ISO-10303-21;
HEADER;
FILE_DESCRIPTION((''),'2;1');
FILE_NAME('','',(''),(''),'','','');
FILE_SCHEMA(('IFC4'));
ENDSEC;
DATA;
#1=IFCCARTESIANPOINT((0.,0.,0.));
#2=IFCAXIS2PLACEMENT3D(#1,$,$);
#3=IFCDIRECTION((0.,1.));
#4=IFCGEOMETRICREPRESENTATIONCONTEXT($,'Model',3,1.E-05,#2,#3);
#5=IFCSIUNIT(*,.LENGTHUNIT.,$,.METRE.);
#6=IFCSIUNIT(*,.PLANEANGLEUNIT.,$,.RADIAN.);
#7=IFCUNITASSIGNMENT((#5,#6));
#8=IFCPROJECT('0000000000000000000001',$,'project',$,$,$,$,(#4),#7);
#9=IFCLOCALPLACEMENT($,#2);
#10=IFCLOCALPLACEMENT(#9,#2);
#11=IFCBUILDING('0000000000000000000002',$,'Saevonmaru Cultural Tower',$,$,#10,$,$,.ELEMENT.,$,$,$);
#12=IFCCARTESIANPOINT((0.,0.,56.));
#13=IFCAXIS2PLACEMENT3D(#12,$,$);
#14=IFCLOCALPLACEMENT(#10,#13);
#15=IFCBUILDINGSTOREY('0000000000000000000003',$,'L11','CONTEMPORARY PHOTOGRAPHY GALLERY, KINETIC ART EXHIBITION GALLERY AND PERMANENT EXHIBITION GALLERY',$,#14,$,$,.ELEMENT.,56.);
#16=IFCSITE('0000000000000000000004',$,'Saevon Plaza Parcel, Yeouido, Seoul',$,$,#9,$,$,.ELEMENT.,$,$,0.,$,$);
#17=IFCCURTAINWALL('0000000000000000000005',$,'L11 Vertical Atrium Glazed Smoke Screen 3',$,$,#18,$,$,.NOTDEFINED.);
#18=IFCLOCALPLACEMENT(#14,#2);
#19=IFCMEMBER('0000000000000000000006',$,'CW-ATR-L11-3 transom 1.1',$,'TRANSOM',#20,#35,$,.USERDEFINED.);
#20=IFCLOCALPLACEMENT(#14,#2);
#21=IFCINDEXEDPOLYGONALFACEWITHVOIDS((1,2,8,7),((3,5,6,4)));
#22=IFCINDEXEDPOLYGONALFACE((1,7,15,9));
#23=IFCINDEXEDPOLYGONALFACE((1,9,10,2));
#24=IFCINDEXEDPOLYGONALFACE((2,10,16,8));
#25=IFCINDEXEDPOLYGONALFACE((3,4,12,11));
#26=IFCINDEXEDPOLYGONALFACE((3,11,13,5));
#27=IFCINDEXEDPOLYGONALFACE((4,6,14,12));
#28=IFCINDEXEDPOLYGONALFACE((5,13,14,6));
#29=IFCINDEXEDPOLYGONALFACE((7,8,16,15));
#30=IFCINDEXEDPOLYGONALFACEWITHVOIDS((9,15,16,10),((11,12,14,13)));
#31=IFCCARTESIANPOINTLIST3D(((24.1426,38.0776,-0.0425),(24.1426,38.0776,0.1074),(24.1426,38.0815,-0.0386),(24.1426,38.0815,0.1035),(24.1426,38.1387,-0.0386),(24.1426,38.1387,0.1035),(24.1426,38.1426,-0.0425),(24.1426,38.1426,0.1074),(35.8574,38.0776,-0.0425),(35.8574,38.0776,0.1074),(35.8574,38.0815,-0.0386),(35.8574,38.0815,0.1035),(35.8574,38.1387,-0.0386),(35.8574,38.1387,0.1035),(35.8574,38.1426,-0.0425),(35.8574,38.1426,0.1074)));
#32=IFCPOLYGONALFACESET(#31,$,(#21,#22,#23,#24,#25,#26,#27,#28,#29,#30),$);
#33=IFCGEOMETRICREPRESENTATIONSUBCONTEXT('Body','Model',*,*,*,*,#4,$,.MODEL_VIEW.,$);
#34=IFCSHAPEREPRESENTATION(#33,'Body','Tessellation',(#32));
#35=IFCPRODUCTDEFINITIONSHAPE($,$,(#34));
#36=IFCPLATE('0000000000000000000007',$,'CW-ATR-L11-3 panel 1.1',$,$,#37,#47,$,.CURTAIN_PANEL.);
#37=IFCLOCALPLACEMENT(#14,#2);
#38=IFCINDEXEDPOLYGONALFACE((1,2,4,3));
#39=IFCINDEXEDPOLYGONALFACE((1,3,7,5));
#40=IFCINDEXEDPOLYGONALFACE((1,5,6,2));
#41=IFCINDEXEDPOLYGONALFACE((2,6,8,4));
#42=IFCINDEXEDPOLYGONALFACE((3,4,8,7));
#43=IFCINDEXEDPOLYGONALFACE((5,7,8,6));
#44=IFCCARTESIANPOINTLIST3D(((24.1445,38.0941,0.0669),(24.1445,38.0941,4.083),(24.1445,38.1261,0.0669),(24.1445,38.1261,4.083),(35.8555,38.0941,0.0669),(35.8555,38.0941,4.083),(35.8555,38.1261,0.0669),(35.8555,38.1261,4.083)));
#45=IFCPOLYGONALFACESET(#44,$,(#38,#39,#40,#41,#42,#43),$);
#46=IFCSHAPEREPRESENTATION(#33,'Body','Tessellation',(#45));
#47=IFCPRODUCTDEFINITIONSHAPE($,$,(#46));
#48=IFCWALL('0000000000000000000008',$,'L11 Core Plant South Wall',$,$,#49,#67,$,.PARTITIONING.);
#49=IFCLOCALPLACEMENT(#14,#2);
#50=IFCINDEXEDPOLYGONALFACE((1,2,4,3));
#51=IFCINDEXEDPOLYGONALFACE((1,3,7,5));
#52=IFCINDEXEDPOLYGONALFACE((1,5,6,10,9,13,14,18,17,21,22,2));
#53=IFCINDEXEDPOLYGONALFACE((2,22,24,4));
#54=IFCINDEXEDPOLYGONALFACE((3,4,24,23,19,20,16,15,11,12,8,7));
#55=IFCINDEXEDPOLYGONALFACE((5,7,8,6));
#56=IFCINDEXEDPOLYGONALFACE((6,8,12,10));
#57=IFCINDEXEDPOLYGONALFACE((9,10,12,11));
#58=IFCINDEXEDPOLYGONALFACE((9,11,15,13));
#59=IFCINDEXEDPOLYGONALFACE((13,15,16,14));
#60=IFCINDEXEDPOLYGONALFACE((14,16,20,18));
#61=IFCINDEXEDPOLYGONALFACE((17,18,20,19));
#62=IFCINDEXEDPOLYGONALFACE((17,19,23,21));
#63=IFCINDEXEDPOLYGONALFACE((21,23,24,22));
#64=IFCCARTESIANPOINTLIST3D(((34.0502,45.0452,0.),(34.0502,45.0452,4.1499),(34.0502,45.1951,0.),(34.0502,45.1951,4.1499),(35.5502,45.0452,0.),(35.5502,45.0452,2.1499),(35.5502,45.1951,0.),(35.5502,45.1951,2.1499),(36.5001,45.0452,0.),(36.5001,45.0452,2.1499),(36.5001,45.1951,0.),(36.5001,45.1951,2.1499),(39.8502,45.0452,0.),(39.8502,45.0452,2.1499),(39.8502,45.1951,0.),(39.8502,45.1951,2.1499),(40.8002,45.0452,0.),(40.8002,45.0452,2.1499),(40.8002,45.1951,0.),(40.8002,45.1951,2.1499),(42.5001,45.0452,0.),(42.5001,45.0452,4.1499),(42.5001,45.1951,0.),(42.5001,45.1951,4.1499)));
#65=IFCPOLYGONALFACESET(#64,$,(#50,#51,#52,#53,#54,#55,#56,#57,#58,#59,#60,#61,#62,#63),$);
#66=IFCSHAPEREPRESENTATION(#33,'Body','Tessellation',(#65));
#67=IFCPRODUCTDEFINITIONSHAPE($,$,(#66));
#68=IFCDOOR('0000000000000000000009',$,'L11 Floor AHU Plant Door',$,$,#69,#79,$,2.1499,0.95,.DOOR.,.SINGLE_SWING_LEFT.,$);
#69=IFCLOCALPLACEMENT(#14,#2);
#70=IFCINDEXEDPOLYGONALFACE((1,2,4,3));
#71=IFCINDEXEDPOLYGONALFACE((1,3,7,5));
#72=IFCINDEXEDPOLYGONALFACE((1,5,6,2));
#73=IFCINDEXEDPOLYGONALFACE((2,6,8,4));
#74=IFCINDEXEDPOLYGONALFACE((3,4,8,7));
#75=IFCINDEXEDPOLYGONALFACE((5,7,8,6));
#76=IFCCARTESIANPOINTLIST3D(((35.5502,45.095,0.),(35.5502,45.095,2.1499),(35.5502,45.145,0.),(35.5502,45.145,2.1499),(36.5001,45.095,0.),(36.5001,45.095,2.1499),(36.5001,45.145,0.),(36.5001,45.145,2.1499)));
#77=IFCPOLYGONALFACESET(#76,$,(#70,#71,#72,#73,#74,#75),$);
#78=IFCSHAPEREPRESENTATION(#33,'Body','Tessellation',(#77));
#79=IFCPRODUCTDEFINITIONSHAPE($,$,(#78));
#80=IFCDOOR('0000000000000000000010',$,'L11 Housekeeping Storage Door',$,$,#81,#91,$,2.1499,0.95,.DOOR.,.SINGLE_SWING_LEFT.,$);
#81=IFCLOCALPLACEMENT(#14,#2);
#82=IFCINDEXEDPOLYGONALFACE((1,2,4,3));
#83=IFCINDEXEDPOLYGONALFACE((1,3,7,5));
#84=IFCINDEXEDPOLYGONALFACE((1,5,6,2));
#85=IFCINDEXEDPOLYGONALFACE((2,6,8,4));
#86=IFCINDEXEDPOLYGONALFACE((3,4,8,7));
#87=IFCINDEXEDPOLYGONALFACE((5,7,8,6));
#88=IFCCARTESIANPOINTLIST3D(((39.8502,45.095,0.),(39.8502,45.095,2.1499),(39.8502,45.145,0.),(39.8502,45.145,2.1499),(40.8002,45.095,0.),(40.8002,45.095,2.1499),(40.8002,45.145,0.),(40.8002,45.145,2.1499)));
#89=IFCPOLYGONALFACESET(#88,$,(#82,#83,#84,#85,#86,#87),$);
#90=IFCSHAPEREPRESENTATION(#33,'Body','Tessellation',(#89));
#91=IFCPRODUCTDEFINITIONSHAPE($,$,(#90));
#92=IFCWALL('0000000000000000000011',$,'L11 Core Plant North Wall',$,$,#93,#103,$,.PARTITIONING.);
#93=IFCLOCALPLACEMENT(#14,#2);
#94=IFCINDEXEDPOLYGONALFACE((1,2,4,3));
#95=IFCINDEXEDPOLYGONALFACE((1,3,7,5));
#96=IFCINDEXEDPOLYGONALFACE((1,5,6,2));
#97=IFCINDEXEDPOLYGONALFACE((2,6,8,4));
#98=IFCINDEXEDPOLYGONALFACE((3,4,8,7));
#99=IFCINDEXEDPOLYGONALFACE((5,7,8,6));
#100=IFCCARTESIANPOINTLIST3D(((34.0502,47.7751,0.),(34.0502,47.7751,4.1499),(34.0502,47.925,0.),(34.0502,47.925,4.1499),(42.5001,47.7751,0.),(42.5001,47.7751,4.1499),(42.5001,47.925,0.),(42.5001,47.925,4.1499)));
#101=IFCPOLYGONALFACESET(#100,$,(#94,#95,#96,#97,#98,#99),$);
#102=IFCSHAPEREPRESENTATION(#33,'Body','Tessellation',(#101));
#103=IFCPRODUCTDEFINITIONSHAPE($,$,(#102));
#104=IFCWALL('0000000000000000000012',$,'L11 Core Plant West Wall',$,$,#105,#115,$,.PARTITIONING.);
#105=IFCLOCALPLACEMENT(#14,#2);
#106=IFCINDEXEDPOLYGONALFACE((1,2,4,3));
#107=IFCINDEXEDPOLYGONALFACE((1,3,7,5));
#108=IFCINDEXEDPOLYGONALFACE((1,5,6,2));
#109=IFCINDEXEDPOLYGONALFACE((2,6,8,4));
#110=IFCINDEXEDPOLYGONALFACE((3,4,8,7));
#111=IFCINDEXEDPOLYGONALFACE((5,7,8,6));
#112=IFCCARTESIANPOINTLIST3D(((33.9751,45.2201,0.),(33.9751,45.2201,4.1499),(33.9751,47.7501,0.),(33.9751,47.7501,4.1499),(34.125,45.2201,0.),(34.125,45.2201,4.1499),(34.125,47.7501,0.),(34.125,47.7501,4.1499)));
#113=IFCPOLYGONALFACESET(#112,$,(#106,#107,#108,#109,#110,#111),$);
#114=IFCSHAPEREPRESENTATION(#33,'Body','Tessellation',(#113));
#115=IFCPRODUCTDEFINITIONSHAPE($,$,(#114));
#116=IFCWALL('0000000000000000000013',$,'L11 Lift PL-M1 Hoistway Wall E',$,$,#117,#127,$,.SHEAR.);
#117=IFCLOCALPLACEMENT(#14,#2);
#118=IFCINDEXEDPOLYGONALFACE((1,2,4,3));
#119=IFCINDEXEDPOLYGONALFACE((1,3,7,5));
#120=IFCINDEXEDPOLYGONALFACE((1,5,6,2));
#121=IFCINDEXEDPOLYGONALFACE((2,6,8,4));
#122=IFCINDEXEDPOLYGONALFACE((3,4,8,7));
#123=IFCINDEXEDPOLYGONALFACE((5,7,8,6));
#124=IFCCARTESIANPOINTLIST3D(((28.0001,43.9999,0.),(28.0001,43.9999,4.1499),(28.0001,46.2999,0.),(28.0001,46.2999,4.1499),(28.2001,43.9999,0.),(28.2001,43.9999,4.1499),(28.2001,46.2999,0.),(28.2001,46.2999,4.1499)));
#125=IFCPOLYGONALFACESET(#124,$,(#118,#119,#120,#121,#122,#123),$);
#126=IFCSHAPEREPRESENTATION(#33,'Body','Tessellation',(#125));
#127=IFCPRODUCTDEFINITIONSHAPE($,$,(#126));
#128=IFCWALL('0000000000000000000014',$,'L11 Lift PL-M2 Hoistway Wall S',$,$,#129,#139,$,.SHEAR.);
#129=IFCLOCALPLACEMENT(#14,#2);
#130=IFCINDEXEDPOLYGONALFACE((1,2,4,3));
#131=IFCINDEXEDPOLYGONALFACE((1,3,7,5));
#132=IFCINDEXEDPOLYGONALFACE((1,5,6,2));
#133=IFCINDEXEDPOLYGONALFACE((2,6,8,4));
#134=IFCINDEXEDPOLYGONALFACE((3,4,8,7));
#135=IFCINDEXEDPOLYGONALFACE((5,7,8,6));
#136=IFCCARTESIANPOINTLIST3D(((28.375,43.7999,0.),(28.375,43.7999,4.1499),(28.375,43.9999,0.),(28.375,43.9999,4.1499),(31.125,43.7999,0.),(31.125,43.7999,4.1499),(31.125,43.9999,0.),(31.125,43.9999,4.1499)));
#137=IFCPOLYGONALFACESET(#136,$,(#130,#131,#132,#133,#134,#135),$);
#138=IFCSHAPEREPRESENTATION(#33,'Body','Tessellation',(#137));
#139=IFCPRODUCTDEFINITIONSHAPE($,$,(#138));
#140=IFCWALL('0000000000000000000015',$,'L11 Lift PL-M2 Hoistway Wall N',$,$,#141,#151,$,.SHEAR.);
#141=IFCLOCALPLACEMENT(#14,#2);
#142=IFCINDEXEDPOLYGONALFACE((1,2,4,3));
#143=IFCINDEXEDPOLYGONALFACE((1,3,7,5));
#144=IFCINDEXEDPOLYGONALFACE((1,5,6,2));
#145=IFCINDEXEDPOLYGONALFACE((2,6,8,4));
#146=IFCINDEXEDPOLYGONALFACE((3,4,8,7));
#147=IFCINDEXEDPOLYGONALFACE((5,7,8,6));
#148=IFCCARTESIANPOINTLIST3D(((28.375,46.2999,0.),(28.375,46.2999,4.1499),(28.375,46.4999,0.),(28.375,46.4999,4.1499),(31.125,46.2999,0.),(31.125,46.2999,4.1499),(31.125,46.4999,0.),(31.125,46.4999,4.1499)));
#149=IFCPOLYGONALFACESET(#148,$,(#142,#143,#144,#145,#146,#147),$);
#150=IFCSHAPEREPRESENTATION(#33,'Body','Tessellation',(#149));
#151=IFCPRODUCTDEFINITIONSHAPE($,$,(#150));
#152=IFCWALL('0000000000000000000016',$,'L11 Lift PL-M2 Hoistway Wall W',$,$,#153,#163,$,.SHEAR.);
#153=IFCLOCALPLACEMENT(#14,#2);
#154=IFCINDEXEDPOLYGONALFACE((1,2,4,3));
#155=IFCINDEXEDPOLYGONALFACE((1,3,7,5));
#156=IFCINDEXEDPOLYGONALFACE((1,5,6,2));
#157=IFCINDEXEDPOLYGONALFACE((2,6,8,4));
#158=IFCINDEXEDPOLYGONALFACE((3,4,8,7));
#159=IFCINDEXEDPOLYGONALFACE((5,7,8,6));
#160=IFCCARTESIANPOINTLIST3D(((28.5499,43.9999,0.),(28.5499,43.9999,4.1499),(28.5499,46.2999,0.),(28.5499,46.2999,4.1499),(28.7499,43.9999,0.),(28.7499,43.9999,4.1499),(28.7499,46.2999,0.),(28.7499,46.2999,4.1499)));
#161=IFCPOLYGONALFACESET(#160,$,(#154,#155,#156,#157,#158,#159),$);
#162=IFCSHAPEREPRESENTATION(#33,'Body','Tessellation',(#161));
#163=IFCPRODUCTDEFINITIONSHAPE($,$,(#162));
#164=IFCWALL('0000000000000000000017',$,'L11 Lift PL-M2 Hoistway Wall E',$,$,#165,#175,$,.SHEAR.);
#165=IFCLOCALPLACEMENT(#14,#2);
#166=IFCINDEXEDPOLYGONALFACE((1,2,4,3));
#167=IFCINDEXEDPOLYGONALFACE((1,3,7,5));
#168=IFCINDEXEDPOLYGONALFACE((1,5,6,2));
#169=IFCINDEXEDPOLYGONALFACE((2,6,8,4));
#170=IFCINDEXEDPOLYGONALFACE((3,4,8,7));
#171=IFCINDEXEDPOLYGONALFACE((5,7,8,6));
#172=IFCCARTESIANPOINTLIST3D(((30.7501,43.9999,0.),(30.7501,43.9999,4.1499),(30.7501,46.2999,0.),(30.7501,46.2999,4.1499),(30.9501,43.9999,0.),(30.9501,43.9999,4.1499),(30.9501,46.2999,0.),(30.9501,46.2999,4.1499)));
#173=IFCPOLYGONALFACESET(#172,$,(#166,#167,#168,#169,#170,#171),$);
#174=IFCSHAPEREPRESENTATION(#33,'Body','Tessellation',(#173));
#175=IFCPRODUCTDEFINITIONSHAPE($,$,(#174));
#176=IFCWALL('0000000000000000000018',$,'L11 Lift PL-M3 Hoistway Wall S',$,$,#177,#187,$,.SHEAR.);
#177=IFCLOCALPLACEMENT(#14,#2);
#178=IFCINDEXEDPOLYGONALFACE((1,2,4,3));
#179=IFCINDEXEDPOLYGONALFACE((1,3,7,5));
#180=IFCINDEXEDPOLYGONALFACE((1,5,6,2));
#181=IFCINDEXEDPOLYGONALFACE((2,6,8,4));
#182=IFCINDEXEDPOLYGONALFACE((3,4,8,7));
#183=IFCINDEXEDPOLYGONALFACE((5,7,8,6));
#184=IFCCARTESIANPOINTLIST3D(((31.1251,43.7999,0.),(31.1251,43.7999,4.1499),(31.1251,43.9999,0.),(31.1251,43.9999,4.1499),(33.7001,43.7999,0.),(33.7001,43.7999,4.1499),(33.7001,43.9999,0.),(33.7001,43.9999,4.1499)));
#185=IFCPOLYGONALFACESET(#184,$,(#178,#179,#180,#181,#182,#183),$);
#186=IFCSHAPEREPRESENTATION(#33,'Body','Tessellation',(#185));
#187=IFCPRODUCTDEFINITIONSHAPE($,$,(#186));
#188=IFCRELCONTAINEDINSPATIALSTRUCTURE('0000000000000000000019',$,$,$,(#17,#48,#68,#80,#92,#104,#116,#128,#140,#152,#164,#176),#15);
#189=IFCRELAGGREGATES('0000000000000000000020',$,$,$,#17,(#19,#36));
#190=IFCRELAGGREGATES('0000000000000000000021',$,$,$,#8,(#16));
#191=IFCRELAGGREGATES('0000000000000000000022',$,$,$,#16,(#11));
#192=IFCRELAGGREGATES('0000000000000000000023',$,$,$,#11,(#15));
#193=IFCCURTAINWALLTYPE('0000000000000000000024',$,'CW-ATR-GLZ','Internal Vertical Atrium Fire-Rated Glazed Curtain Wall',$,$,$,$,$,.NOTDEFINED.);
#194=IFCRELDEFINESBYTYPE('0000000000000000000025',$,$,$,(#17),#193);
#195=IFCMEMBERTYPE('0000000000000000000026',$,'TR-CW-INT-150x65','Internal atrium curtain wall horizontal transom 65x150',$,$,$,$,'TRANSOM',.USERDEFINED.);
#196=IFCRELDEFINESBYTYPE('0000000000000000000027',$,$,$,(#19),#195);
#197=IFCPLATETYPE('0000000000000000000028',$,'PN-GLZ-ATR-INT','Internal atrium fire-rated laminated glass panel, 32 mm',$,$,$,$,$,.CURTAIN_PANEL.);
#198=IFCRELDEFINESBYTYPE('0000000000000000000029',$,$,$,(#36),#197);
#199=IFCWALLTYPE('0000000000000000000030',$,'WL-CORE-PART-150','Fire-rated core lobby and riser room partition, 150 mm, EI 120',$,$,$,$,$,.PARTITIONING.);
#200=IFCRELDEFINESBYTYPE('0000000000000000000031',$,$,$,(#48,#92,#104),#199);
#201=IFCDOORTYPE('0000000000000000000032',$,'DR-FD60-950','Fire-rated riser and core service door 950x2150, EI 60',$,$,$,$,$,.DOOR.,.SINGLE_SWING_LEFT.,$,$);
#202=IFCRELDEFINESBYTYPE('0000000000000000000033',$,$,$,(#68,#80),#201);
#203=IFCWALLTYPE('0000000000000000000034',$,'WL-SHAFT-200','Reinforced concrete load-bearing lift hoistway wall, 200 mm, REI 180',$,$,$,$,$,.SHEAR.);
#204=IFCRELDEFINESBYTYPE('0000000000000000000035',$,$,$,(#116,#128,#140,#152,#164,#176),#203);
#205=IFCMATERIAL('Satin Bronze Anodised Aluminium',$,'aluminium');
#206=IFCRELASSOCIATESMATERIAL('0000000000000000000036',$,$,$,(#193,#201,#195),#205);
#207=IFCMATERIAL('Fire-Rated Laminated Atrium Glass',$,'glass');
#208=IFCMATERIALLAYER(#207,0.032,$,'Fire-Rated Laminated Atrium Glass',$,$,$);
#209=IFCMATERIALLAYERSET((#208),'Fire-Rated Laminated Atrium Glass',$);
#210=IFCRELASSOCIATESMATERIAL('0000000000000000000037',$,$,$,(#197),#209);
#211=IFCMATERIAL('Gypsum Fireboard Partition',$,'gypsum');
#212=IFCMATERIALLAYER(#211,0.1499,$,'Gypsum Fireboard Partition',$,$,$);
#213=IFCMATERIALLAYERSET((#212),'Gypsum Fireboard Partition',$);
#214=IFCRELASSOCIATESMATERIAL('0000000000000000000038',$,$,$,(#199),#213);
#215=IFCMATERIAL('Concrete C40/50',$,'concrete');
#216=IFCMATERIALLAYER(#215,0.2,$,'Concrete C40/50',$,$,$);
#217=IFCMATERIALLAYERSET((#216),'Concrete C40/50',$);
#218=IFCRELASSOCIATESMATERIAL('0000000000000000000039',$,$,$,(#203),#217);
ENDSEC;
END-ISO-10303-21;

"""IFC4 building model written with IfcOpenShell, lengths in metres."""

from ifc_helpers import new_model, si_unit, direction, frame, frame_2d, origin, origin_2d, place, context, subcontext, project, spatial, rectangle, hollow_rectangle, extrude, material, layer, layer_set, material_profile, profile_set, type_object, element, fill, aggregate, save


model = new_model("IFC4")

# Units and contexts
model_context = context("Model", 3, precision=1e-05, world=origin(), true_north=direction((0.0, 1.0)))
body_context = subcontext(model_context, "Body", "Model", "MODEL_VIEW")
ifc_project = project(units=[si_unit("LENGTHUNIT", "METRE"), si_unit("PLANEANGLEUNIT", "RADIAN")], contexts=[model_context])

# Site, building, storey
site_placement = place(None, origin())
site = spatial("IfcSite", under=ifc_project, at=site_placement, Name="Saevon Plaza Parcel, Yeouido, Seoul", CompositionType="ELEMENT", RefElevation=0.0)
building_placement = place(site_placement, origin())
building = spatial("IfcBuilding", under=site, at=building_placement, Name="Saevonmaru Cultural Tower", CompositionType="ELEMENT")
storey_placement = place(building_placement, frame((0.0, 0.0, 56.0)))
storey = spatial("IfcBuildingStorey", under=building, at=storey_placement, Name="L11", Description="CONTEMPORARY PHOTOGRAPHY GALLERY, KINETIC ART EXHIBITION GALLERY AND PERMANENT EXHIBITION GALLERY", CompositionType="ELEMENT", Elevation=56.0)

# Curtain wall, member, plate
ifc_material_1 = material(Name="Satin Bronze Anodised Aluminium", Category="aluminium")
curtain_wall_type = type_object("IfcCurtainWallType", Name="CW-ATR-GLZ", Description="Internal Vertical Atrium Fire-Rated Glazed Curtain Wall", PredefinedType="NOTDEFINED", material=ifc_material_1)
curtain_wall_placement = place(storey_placement, origin())
curtain_wall = element("IfcCurtainWall", 1, at=curtain_wall_placement, inside=storey, type_object=curtain_wall_type, Name="L11 Vertical Atrium Glazed Smoke Screen 3", PredefinedType="NOTDEFINED")
ifc_material_profile = material_profile(ifc_material_1, hollow_rectangle(XDim=0.0649, YDim=0.1499, WallThickness=0.0039, at=origin_2d()), Name="ALU-TRAN-150x65x4")
ifc_profile_set = profile_set([ifc_material_profile], Name="Satin Bronze Anodised Aluminium")
member_type = type_object("IfcMemberType", Name="TR-CW-INT-150x65", Description="Internal atrium curtain wall horizontal transom 65x150", ElementType="TRANSOM", PredefinedType="USERDEFINED", material=ifc_profile_set)
member_placement = place(storey_placement, frame((35.8574, 38.1101, 0.0325), z_axis=(-1.0, 0.0, 0.0), x_axis=(0.0, -1.0, 0.0)))
member = element("IfcMember", 2, at=member_placement, type_object=member_type, Name="CW-ATR-L11-3 transom 1.1", ObjectType="TRANSOM", PredefinedType="USERDEFINED", context=body_context, shape_type="SweptSolid", body=[
    extrude(hollow_rectangle(XDim=0.0649, YDim=0.1499, WallThickness=0.0039, at=origin_2d()), origin(), (0.0, 0.0, 1.0), 11.7148),
])
ifc_material_2 = material(Name="Fire-Rated Laminated Atrium Glass", Category="glass")
ifc_layer_1 = layer(ifc_material_2, 0.032, Name="Fire-Rated Laminated Atrium Glass")
ifc_layer_set_1 = layer_set([ifc_layer_1], Name="Fire-Rated Laminated Atrium Glass")
plate_type = type_object("IfcPlateType", Name="PN-GLZ-ATR-INT", Description="Internal atrium fire-rated laminated glass panel, 32 mm", PredefinedType="CURTAIN_PANEL", material=ifc_layer_set_1)
plate_placement = place(storey_placement, frame((30.0, 38.1101, 0.0669), z_axis=(0.0, 0.0, 1.0), x_axis=(-1.0, 0.0, 0.0)))
plate = element("IfcPlate", 3, at=plate_placement, type_object=plate_type, Name="CW-ATR-L11-3 panel 1.1", PredefinedType="CURTAIN_PANEL", context=body_context, shape_type="SweptSolid", body=[
    extrude(rectangle(XDim=11.7109, YDim=0.032, at=origin_2d()), origin(), (0.0, 0.0, 1.0), 4.0161),
])
aggregate(curtain_wall, [member, plate])

# Shared definitions
ifc_material_3 = material(Name="Gypsum Fireboard Partition", Category="gypsum")
ifc_layer_2 = layer(ifc_material_3, 0.1499, Name="Gypsum Fireboard Partition")
ifc_layer_set_2 = layer_set([ifc_layer_2], Name="Gypsum Fireboard Partition")
wall_type_1 = type_object("IfcWallType", Name="WL-CORE-PART-150", Description="Fire-rated core lobby and riser room partition, 150 mm, EI 120", PredefinedType="PARTITIONING", material=ifc_layer_set_2)

# Wall, openings, doors
wall_1_placement = place(storey_placement, frame((34.05, 45.1201, 0.0), z_axis=(0.0, 0.0, 1.0), x_axis=(1.0, 0.0, 0.0)))
wall_1 = element("IfcWall", 4, at=wall_1_placement, inside=storey, type_object=wall_type_1, Name="L11 Core Plant South Wall", PredefinedType="PARTITIONING", context=body_context, shape_type="SweptSolid", body=[
    extrude(rectangle(XDim=8.45, YDim=0.1499, at=frame_2d((4.2251, 0.0))), origin(), (0.0, 0.0, 1.0), 4.1499),
])
opening_1_placement = place(wall_1_placement, frame((1.5, 0.0, 0.0)))
opening_1 = element("IfcOpeningElement", 5, at=opening_1_placement, cuts=wall_1, PredefinedType="OPENING", context=body_context, shape_type="SweptSolid", body=[
    extrude(rectangle(XDim=0.95, YDim=2.1499, at=frame_2d((0.4751, 1.075))), frame((0.0, 0.085, 0.0), z_axis=(0.0, -1.0, 0.0), x_axis=(1.0, 0.0, 0.0)), (0.0, 0.0, 1.0), 0.1699),
])
opening_2_placement = place(wall_1_placement, frame((5.8, 0.0, 0.0)))
opening_2 = element("IfcOpeningElement", 6, at=opening_2_placement, cuts=wall_1, PredefinedType="OPENING", context=body_context, shape_type="SweptSolid", body=[
    extrude(rectangle(XDim=0.95, YDim=2.1499, at=frame_2d((0.4751, 1.075))), frame((0.0, 0.085, 0.0), z_axis=(0.0, -1.0, 0.0), x_axis=(1.0, 0.0, 0.0)), (0.0, 0.0, 1.0), 0.1699),
])
door_type_1 = type_object("IfcDoorType", Name="DR-FD60-950", Description="Fire-rated riser and core service door 950x2150, EI 60", OperationType="SINGLE_SWING_LEFT", PredefinedType="DOOR", material=ifc_material_1)
door_1_placement = place(opening_1_placement, origin())
door_1 = element("IfcDoor", 7, at=door_1_placement, inside=storey, type_object=door_type_1, Name="L11 Floor AHU Plant Door", OperationType="SINGLE_SWING_LEFT", OverallHeight=2.1499, OverallWidth=0.95, PredefinedType="DOOR", context=body_context, shape_type="SweptSolid", body=[
    extrude(rectangle(XDim=0.95, YDim=2.1499, at=frame_2d((0.4751, 1.075))), frame((0.0, 0.0249, 0.0), z_axis=(0.0, -1.0, 0.0), x_axis=(1.0, 0.0, 0.0)), (0.0, 0.0, 1.0), 0.05),
])
fill(opening_1, door_1)
door_2_placement = place(opening_2_placement, origin())
door_2 = element("IfcDoor", 8, at=door_2_placement, inside=storey, type_object=door_type_1, Name="L11 Housekeeping Storage Door", OperationType="SINGLE_SWING_LEFT", OverallHeight=2.1499, OverallWidth=0.95, PredefinedType="DOOR", context=body_context, shape_type="SweptSolid", body=[
    extrude(rectangle(XDim=0.95, YDim=2.1499, at=frame_2d((0.4751, 1.075))), frame((0.0, 0.0249, 0.0), z_axis=(0.0, -1.0, 0.0), x_axis=(1.0, 0.0, 0.0)), (0.0, 0.0, 1.0), 0.05),
])
fill(opening_2, door_2)

# Walls
wall_2_placement = place(storey_placement, frame((34.05, 47.8501, 0.0), z_axis=(0.0, 0.0, 1.0), x_axis=(1.0, 0.0, 0.0)))
element("IfcWall", 9, at=wall_2_placement, inside=storey, type_object=wall_type_1, Name="L11 Core Plant North Wall", PredefinedType="PARTITIONING", context=body_context, shape_type="SweptSolid", body=[
    extrude(rectangle(XDim=8.45, YDim=0.1499, at=frame_2d((4.2251, 0.0))), origin(), (0.0, 0.0, 1.0), 4.1499),
])
wall_3_placement = place(storey_placement, frame((34.05, 45.22, 0.0), z_axis=(0.0, 0.0, 1.0), x_axis=(0.0, 1.0, 0.0)))
element("IfcWall", 10, at=wall_3_placement, inside=storey, type_object=wall_type_1, Name="L11 Core Plant West Wall", PredefinedType="PARTITIONING", context=body_context, shape_type="SweptSolid", body=[
    extrude(rectangle(XDim=2.53, YDim=0.1499, at=frame_2d((1.2651, 0.0))), origin(), (0.0, 0.0, 1.0), 4.1499),
])
ifc_material_4 = material(Name="Concrete C40/50", Category="concrete")
ifc_layer_3 = layer(ifc_material_4, 0.2, Name="Concrete C40/50")
ifc_layer_set_3 = layer_set([ifc_layer_3], Name="Concrete C40/50")
wall_type_2 = type_object("IfcWallType", Name="WL-SHAFT-200", Description="Reinforced concrete load-bearing lift hoistway wall, 200 mm, REI 180", PredefinedType="SHEAR", material=ifc_layer_set_3)
wall_4_placement = place(storey_placement, frame((28.1001, 44.0, 0.0), z_axis=(0.0, 0.0, 1.0), x_axis=(0.0, 1.0, 0.0)))
element("IfcWall", 11, at=wall_4_placement, inside=storey, type_object=wall_type_2, Name="L11 Lift PL-M1 Hoistway Wall E", PredefinedType="SHEAR", context=body_context, shape_type="SweptSolid", body=[
    extrude(rectangle(XDim=2.3, YDim=0.2, at=frame_2d((1.1499, 0.0))), origin(), (0.0, 0.0, 1.0), 4.1499),
])
for number, where, z_axis, x_axis, name in (
    (12, (28.375, 43.8999, 0.0), (0.0, 0.0, 1.0), (1.0, 0.0, 0.0), "L11 Lift PL-M2 Hoistway Wall S"),
    (13, (28.375, 46.3999, 0.0), (0.0, 0.0, 1.0), (1.0, 0.0, 0.0), "L11 Lift PL-M2 Hoistway Wall N"),
):
    element("IfcWall", number, at=place(storey_placement, frame(where, z_axis=z_axis, x_axis=x_axis)), inside=storey, type_object=wall_type_2, Name=name, PredefinedType="SHEAR", context=body_context, shape_type="SweptSolid", body=[
        extrude(rectangle(XDim=2.75, YDim=0.2, at=frame_2d((1.375, 0.0))), origin(), (0.0, 0.0, 1.0), 4.1499),
    ])
for number, where, z_axis, x_axis, name in (
    (14, (28.6499, 44.0, 0.0), (0.0, 0.0, 1.0), (0.0, 1.0, 0.0), "L11 Lift PL-M2 Hoistway Wall W"),
    (15, (30.8501, 44.0, 0.0), (0.0, 0.0, 1.0), (0.0, 1.0, 0.0), "L11 Lift PL-M2 Hoistway Wall E"),
):
    element("IfcWall", number, at=place(storey_placement, frame(where, z_axis=z_axis, x_axis=x_axis)), inside=storey, type_object=wall_type_2, Name=name, PredefinedType="SHEAR", context=body_context, shape_type="SweptSolid", body=[
        extrude(rectangle(XDim=2.3, YDim=0.2, at=frame_2d((1.1499, 0.0))), origin(), (0.0, 0.0, 1.0), 4.1499),
    ])
for number, where, z_axis, x_axis, name in (
    (16, (31.125, 43.8999, 0.0), (0.0, 0.0, 1.0), (1.0, 0.0, 0.0), "L11 Lift PL-M3 Hoistway Wall S"),
):
    element("IfcWall", number, at=place(storey_placement, frame(where, z_axis=z_axis, x_axis=x_axis)), inside=storey, type_object=wall_type_2, Name=name, PredefinedType="SHEAR", context=body_context, shape_type="SweptSolid", body=[
        extrude(rectangle(XDim=2.575, YDim=0.2, at=frame_2d((1.2876, 0.0))), origin(), (0.0, 0.0, 1.0), 4.1499),
    ])

save(model, "model.ifc")
